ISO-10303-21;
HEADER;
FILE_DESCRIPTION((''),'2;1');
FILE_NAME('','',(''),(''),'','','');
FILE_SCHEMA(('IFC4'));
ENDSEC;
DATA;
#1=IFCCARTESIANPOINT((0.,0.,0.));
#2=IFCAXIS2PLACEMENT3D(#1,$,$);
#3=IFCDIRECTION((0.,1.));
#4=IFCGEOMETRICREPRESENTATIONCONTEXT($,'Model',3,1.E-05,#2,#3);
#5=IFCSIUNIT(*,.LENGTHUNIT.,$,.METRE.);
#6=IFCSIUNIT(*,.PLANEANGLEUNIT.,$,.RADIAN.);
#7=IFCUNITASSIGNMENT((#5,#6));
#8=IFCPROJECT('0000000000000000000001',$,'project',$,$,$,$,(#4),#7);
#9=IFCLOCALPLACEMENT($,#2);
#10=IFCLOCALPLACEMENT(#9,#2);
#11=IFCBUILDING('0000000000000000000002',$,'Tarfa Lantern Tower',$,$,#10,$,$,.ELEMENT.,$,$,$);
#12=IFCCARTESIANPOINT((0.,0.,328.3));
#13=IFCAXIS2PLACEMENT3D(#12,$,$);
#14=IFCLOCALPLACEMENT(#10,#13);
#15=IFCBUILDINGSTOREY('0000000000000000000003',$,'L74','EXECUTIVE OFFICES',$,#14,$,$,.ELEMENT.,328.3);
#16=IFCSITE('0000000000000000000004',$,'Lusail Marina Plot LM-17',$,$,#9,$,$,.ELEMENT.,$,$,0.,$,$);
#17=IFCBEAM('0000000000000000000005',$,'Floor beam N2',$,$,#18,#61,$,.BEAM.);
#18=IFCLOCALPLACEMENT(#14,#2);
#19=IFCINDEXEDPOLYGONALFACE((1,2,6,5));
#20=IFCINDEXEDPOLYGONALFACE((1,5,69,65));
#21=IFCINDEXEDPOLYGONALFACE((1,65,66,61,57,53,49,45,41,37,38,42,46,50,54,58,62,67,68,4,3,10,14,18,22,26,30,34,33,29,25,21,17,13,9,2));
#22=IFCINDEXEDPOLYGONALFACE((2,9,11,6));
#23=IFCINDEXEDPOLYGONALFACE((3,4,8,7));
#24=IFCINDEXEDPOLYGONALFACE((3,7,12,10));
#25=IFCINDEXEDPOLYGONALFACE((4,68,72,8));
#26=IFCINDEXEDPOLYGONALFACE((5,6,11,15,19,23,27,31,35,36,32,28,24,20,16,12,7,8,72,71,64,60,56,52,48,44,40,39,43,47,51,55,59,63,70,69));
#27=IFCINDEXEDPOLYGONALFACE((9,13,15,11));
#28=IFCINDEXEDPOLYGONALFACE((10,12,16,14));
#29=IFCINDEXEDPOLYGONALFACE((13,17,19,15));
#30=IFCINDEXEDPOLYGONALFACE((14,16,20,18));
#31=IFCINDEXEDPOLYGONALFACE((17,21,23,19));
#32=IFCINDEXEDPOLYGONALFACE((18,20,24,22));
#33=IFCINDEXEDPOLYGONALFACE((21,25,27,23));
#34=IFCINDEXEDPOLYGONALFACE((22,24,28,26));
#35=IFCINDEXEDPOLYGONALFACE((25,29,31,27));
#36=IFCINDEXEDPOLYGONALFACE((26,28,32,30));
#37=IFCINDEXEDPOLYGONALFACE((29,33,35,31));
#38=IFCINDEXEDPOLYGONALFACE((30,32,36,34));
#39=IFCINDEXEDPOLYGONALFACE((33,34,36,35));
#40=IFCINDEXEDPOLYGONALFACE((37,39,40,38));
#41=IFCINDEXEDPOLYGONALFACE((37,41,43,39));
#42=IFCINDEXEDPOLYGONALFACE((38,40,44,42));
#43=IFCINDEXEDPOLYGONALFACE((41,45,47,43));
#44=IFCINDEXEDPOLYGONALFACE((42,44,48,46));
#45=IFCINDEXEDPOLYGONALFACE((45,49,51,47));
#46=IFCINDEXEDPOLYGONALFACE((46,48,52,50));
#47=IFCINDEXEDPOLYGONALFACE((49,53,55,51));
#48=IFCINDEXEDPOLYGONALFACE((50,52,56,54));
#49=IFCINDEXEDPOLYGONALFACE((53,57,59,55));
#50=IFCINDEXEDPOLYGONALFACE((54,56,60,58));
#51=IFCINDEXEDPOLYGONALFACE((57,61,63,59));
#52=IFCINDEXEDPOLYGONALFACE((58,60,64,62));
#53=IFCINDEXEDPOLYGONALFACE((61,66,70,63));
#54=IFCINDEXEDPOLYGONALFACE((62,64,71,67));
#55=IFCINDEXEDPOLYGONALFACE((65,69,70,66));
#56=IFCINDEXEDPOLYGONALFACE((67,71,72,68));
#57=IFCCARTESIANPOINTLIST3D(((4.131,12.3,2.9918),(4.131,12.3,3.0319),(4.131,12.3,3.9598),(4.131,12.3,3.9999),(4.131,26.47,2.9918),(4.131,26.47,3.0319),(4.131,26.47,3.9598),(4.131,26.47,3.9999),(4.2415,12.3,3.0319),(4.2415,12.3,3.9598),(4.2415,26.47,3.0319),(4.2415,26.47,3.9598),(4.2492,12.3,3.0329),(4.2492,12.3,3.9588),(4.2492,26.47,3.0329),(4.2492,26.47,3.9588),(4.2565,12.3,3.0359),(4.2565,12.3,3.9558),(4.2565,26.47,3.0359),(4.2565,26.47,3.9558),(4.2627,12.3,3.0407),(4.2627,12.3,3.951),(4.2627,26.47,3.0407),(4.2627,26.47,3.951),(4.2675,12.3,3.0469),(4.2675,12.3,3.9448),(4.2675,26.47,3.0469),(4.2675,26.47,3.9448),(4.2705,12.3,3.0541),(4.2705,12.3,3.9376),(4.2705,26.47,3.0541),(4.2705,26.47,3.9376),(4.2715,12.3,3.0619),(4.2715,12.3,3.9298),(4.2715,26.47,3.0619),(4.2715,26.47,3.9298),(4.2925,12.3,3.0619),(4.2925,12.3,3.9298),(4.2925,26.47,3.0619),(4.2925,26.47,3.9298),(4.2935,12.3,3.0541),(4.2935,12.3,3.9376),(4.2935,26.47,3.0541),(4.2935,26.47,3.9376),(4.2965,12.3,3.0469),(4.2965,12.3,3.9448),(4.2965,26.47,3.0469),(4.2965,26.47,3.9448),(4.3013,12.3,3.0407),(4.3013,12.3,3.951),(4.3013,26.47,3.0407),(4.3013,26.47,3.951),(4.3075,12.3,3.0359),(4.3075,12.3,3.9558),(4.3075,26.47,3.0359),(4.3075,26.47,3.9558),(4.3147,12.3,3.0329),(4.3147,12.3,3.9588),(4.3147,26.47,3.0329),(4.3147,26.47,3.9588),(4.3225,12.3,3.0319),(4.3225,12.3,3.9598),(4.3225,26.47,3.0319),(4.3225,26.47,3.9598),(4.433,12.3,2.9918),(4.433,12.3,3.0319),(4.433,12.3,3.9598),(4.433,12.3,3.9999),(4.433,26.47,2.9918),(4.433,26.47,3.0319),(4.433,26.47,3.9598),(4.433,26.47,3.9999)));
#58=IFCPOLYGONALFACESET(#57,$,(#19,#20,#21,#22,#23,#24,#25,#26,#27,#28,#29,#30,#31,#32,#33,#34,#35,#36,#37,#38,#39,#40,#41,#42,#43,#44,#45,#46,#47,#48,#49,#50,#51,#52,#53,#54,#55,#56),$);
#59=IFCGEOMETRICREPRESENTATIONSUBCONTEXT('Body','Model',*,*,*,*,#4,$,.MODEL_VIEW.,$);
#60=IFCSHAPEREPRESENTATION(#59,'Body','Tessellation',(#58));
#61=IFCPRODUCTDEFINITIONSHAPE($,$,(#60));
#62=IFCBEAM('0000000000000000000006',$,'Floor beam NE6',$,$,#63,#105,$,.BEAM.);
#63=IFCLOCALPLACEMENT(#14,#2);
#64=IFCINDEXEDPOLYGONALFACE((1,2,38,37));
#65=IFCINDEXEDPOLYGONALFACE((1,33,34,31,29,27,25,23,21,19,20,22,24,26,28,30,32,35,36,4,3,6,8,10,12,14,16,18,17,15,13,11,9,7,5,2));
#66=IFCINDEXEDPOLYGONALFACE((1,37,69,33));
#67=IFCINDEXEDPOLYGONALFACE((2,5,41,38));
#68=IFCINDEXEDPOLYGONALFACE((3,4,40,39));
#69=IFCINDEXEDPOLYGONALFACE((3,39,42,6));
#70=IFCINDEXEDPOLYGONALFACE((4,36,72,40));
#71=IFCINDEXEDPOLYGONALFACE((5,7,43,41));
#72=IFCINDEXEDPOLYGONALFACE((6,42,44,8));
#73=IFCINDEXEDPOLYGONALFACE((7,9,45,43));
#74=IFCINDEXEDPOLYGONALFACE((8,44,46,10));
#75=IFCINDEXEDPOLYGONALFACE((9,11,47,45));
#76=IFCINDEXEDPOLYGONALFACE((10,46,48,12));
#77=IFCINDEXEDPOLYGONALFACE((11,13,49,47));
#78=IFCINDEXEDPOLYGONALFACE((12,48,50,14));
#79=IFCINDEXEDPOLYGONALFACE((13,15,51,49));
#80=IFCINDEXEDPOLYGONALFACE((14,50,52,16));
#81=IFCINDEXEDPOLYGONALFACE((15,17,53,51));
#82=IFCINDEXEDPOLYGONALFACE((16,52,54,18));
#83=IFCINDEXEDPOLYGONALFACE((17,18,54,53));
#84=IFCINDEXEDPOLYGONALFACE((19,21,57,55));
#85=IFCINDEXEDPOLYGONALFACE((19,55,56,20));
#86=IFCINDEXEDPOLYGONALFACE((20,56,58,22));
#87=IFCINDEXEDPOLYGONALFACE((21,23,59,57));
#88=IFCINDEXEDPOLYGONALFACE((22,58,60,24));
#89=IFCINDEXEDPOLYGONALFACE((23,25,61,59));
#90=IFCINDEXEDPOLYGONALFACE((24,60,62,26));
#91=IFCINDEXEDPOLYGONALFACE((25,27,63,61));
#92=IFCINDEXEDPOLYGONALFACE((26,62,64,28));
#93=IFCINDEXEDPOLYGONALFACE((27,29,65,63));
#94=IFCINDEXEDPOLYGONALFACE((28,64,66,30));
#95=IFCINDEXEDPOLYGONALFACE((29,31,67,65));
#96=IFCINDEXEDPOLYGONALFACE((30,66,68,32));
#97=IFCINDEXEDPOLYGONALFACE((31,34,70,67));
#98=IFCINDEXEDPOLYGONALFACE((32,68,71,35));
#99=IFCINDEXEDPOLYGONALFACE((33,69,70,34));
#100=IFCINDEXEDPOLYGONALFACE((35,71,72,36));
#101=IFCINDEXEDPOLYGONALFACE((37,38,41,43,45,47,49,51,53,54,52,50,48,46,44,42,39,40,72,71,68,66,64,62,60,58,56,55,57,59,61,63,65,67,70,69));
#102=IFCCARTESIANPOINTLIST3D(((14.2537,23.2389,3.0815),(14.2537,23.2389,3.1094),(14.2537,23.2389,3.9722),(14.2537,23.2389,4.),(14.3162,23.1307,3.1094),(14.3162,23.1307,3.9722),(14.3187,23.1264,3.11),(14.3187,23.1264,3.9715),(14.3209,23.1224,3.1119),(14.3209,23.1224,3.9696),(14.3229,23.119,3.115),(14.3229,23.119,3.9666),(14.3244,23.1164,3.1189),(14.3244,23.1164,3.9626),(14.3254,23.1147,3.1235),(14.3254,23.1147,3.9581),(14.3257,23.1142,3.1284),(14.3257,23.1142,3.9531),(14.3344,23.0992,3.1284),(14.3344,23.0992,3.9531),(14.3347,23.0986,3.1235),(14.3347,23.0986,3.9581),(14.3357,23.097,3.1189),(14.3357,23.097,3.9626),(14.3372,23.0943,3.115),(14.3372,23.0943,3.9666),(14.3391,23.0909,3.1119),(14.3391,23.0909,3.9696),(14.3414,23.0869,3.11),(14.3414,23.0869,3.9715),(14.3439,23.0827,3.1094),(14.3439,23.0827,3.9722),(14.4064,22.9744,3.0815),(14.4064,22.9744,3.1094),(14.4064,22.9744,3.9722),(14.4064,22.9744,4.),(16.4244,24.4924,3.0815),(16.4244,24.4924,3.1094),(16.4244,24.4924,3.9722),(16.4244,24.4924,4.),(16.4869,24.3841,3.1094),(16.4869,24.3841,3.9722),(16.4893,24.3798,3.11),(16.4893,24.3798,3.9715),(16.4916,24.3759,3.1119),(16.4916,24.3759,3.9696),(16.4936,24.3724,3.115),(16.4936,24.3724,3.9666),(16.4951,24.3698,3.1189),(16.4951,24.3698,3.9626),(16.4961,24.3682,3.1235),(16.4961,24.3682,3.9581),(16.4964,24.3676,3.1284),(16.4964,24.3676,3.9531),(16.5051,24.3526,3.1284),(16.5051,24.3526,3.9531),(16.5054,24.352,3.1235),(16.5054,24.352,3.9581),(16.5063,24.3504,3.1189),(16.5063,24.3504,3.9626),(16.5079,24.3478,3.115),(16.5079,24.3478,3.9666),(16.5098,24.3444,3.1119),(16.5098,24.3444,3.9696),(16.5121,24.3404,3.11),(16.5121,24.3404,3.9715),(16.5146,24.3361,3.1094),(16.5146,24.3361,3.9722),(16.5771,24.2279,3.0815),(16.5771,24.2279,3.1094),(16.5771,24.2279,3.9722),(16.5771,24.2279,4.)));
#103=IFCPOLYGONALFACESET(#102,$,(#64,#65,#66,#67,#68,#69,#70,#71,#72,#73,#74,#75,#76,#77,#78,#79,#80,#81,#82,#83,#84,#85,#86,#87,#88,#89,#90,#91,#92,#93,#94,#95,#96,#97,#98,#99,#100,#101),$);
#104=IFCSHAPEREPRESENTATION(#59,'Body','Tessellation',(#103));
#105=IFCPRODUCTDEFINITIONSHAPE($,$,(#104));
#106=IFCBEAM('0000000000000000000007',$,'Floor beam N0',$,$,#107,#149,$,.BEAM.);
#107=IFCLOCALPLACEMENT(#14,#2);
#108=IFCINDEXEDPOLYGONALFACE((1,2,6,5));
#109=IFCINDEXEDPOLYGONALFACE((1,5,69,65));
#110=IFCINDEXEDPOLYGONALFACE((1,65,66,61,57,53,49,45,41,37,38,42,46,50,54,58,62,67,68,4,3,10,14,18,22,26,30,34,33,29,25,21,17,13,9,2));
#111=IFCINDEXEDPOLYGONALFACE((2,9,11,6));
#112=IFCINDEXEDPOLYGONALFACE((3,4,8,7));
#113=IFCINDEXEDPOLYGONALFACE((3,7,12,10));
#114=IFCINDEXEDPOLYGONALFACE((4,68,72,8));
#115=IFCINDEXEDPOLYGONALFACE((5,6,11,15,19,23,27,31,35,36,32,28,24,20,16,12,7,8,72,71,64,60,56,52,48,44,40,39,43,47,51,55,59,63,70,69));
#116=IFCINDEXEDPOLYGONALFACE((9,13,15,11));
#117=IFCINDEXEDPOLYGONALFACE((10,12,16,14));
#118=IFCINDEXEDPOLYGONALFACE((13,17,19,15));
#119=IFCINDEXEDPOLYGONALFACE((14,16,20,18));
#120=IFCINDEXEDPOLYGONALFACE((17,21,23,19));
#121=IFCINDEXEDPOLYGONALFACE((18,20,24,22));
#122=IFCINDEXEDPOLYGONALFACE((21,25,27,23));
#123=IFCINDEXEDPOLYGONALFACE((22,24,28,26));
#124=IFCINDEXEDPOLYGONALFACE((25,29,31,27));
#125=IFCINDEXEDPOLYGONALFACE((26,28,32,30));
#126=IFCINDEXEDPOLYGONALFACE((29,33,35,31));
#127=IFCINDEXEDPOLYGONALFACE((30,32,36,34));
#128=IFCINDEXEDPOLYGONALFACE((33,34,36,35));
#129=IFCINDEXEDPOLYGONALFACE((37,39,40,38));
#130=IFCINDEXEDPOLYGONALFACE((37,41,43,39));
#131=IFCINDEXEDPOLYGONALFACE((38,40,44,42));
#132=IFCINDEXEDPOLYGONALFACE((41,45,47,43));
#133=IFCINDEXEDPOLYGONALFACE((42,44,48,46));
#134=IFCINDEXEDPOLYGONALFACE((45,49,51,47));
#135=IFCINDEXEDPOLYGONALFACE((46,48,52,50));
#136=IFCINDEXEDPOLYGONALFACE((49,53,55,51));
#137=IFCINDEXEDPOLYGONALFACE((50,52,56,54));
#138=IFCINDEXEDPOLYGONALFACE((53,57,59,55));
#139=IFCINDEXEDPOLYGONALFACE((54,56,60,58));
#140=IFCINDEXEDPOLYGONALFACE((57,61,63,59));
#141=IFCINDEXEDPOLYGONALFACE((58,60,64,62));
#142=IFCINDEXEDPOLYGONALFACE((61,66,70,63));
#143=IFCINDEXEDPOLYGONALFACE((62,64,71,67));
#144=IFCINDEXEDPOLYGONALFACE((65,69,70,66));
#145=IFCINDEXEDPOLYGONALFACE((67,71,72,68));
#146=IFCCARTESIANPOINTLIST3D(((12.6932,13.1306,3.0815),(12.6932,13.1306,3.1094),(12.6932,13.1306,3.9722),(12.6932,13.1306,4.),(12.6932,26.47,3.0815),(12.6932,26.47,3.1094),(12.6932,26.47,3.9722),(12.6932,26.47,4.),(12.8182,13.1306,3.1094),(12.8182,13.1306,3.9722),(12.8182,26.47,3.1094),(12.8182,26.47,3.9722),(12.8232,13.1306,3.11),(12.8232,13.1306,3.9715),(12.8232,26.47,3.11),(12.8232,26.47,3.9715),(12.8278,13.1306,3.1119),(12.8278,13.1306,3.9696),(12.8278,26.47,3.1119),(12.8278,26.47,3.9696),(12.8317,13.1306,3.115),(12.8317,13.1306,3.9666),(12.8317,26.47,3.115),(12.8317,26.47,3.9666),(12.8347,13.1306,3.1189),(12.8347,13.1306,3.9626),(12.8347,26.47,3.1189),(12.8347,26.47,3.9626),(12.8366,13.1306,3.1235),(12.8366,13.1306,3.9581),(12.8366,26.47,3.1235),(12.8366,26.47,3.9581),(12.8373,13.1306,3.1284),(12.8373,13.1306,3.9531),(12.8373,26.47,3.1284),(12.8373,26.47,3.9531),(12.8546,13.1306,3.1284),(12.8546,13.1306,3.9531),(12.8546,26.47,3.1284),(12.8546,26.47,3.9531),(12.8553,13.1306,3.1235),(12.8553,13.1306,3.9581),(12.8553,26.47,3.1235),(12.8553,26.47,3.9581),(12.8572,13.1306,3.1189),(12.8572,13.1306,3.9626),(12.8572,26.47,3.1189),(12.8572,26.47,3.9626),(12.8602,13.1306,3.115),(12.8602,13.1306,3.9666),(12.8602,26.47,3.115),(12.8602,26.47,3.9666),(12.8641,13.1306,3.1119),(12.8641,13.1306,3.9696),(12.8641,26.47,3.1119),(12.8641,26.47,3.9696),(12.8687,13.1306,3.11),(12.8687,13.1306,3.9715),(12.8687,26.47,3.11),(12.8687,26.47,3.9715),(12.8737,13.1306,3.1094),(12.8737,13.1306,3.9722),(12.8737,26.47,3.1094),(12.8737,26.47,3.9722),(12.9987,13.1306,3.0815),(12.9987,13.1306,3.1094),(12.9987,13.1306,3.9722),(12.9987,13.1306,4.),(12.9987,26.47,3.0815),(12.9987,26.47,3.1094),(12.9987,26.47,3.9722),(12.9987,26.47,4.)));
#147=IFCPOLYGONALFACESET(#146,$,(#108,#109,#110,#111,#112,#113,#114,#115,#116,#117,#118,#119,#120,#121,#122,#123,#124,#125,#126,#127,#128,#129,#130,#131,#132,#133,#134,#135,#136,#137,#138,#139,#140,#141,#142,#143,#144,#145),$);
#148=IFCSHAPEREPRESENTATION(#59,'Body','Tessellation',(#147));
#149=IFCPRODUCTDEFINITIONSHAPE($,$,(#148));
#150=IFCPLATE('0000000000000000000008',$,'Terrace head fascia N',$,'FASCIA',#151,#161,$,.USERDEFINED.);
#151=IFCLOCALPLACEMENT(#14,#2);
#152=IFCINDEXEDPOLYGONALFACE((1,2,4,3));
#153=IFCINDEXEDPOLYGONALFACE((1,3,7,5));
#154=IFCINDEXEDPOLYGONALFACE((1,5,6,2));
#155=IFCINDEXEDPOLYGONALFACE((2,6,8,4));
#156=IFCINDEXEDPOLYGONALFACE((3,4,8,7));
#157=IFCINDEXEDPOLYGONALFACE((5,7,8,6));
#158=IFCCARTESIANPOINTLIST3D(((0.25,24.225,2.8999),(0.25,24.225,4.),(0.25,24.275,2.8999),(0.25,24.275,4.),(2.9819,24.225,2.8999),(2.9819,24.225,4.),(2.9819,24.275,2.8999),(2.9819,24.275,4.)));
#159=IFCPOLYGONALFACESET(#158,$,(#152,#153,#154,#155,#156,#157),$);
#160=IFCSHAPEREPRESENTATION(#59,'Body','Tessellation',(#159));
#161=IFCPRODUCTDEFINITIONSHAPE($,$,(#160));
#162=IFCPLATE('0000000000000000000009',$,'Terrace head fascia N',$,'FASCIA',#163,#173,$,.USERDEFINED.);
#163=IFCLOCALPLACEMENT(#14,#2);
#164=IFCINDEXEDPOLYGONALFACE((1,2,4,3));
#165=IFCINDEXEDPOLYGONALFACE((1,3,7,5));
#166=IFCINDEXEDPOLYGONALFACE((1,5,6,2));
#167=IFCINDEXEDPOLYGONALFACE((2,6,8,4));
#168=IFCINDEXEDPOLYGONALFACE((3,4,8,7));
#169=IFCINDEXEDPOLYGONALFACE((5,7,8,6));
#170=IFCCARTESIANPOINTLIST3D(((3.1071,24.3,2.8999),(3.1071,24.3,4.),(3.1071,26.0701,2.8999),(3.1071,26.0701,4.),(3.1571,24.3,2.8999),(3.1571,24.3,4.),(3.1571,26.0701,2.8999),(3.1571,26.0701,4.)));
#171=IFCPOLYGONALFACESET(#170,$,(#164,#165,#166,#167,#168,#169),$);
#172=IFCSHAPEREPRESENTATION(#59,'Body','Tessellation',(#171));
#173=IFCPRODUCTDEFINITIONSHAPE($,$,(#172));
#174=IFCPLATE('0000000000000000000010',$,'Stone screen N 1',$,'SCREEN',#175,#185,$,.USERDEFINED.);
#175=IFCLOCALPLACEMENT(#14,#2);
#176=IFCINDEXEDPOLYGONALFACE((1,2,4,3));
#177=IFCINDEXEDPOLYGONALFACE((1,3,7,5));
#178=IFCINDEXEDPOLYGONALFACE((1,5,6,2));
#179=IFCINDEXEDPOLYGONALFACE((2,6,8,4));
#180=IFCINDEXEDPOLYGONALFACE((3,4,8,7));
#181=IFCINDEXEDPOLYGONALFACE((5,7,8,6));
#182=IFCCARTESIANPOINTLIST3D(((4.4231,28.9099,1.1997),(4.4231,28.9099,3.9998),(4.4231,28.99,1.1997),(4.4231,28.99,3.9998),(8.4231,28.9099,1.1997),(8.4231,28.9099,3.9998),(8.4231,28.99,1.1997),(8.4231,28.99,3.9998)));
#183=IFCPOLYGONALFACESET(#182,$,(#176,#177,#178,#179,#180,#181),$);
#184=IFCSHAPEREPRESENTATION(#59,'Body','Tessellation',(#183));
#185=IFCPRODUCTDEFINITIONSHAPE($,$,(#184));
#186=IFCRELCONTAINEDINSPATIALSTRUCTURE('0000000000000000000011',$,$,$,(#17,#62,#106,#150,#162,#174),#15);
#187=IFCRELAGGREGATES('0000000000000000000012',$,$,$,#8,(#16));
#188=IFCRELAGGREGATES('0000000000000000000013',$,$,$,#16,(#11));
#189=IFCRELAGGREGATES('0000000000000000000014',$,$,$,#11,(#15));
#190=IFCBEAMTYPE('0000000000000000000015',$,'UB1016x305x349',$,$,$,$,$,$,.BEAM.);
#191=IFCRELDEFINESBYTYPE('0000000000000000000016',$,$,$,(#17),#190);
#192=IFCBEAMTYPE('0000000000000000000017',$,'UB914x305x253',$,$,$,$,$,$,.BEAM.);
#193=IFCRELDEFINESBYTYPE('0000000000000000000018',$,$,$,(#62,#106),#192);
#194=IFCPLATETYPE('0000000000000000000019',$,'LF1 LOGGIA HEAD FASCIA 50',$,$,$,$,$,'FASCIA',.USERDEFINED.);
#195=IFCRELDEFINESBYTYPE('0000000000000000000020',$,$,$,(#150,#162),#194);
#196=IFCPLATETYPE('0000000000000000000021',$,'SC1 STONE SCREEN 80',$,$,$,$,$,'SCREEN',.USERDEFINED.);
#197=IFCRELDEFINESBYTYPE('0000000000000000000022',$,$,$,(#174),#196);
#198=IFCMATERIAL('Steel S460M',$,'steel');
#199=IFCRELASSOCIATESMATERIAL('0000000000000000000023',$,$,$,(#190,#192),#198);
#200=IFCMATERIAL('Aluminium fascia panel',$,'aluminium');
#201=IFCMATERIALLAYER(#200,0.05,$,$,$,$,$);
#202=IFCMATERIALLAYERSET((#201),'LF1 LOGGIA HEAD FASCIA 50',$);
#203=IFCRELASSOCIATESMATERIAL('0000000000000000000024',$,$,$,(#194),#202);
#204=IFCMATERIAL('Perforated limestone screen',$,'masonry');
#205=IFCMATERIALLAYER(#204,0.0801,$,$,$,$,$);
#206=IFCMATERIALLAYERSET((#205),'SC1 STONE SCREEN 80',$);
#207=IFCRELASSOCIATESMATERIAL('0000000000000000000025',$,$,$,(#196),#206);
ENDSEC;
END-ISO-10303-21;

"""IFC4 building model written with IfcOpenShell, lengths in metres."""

from ifc_helpers import new_model, si_unit, direction, frame, origin, origin_2d, place, context, subcontext, project, spatial, rectangle, i_section, extrude, material, layer, layer_set, material_profile, profile_set, type_object, element, save


model = new_model("IFC4")

# Units and contexts
model_context = context("Model", 3, precision=1e-05, world=origin(), true_north=direction((0.0, 1.0)))
body_context = subcontext(model_context, "Body", "Model", "MODEL_VIEW")
ifc_project = project(units=[si_unit("LENGTHUNIT", "METRE"), si_unit("PLANEANGLEUNIT", "RADIAN")], contexts=[model_context])

# Site, building, storey
site_placement = place(None, origin())
site = spatial("IfcSite", under=ifc_project, at=site_placement, Name="Lusail Marina Plot LM-17", CompositionType="ELEMENT", RefElevation=0.0)
building_placement = place(site_placement, origin())
building = spatial("IfcBuilding", under=site, at=building_placement, Name="Tarfa Lantern Tower", CompositionType="ELEMENT")
storey_placement = place(building_placement, frame((0.0, 0.0, 328.3)))
storey = spatial("IfcBuildingStorey", under=building, at=storey_placement, Name="L74", Description="EXECUTIVE OFFICES", CompositionType="ELEMENT", Elevation=328.3)

# Beams
ifc_material_1 = material(Name="Steel S460M", Category="steel")
ifc_material_profile_1 = material_profile(ifc_material_1, i_section(OverallWidth=0.302, OverallDepth=1.0081, WebThickness=0.021, FlangeThickness=0.04, FilletRadius=0.03, at=origin_2d()), Name="UB1016x305x349")
ifc_profile_set_1 = profile_set([ifc_material_profile_1], Name="Steel S460M")
beam_type_1 = type_object("IfcBeamType", Name="UB1016x305x349", PredefinedType="BEAM", material=ifc_profile_set_1)
for number, where, z_axis, x_axis, name in (
    (1, (4.282, 26.47, 3.4958), (0.0, -1.0, 0.0), (1.0, 0.0, 0.0), "Floor beam N2"),
):
    element("IfcBeam", number, at=place(storey_placement, frame(where, z_axis=z_axis, x_axis=x_axis)), inside=storey, type_object=beam_type_1, Name=name, PredefinedType="BEAM", context=body_context, shape_type="SweptSolid", body=[
        extrude(i_section(OverallWidth=0.302, OverallDepth=1.0081, WebThickness=0.021, FlangeThickness=0.04, FilletRadius=0.03, at=origin_2d()), origin(), (0.0, 0.0, 1.0), 14.1699),
    ])
ifc_material_profile_2 = material_profile(ifc_material_1, i_section(OverallWidth=0.3054, OverallDepth=0.9185, WebThickness=0.0173, FlangeThickness=0.0278, FilletRadius=0.019, at=origin_2d()), Name="UB914x305x253")
ifc_profile_set_2 = profile_set([ifc_material_profile_2], Name="Steel S460M")
beam_type_2 = type_object("IfcBeamType", Name="UB914x305x253", PredefinedType="BEAM", material=ifc_profile_set_2)
beam_1_placement = place(storey_placement, frame((16.5007, 24.3601, 3.5408), z_axis=(-0.865993, -0.500057, 0.0), x_axis=(0.500057, -0.865993, 0.0)))
element("IfcBeam", 2, at=beam_1_placement, inside=storey, type_object=beam_type_2, Name="Floor beam NE6", PredefinedType="BEAM", context=body_context, shape_type="SweptSolid", body=[
    extrude(i_section(OverallWidth=0.3054, OverallDepth=0.9185, WebThickness=0.0173, FlangeThickness=0.0278, FilletRadius=0.019, at=origin_2d()), origin(), (0.0, 0.0, 1.0), 2.5066),
])
beam_2_placement = place(storey_placement, frame((12.8459, 26.47, 3.5408), z_axis=(0.0, -1.0, 0.0), x_axis=(1.0, 0.0, 0.0)))
element("IfcBeam", 3, at=beam_2_placement, inside=storey, type_object=beam_type_2, Name="Floor beam N0", PredefinedType="BEAM", context=body_context, shape_type="SweptSolid", body=[
    extrude(i_section(OverallWidth=0.3054, OverallDepth=0.9185, WebThickness=0.0173, FlangeThickness=0.0278, FilletRadius=0.019, at=origin_2d()), origin(), (0.0, 0.0, 1.0), 13.3394),
])

# Plates
ifc_material_2 = material(Name="Aluminium fascia panel", Category="aluminium")
ifc_layer_1 = layer(ifc_material_2, 0.05)
ifc_layer_set_1 = layer_set([ifc_layer_1], Name="LF1 LOGGIA HEAD FASCIA 50")
plate_type_1 = type_object("IfcPlateType", Name="LF1 LOGGIA HEAD FASCIA 50", ElementType="FASCIA", PredefinedType="USERDEFINED", material=ifc_layer_set_1)
plate_1_placement = place(storey_placement, frame((1.616, 24.25, 2.8999), z_axis=(0.0, 0.0, 1.0), x_axis=(-1.0, 0.0, 0.0)))
element("IfcPlate", 4, at=plate_1_placement, inside=storey, type_object=plate_type_1, Name="Terrace head fascia N", ObjectType="FASCIA", PredefinedType="USERDEFINED", context=body_context, shape_type="SweptSolid", body=[
    extrude(rectangle(XDim=2.7319, YDim=0.05, at=origin_2d()), origin(), (0.0, 0.0, 1.0), 1.1001),
])
plate_2_placement = place(storey_placement, frame((3.1321, 25.1851, 2.8999), z_axis=(0.0, 0.0, 1.0), x_axis=(0.0, -1.0, 0.0)))
element("IfcPlate", 5, at=plate_2_placement, inside=storey, type_object=plate_type_1, Name="Terrace head fascia N", ObjectType="FASCIA", PredefinedType="USERDEFINED", context=body_context, shape_type="SweptSolid", body=[
    extrude(rectangle(XDim=1.77, YDim=0.05, at=origin_2d()), origin(), (0.0, 0.0, 1.0), 1.1001),
])
ifc_material_3 = material(Name="Perforated limestone screen", Category="masonry")
ifc_layer_2 = layer(ifc_material_3, 0.0801)
ifc_layer_set_2 = layer_set([ifc_layer_2], Name="SC1 STONE SCREEN 80")
plate_type_2 = type_object("IfcPlateType", Name="SC1 STONE SCREEN 80", ElementType="SCREEN", PredefinedType="USERDEFINED", material=ifc_layer_set_2)
plate_3_placement = place(storey_placement, frame((6.4231, 28.95, 1.1997), z_axis=(0.0, 0.0, 1.0), x_axis=(-1.0, 0.0, 0.0)))
element("IfcPlate", 6, at=plate_3_placement, inside=storey, type_object=plate_type_2, Name="Stone screen N 1", ObjectType="SCREEN", PredefinedType="USERDEFINED", context=body_context, shape_type="SweptSolid", body=[
    extrude(rectangle(XDim=4.0, YDim=0.0801, at=origin_2d()), origin(), (0.0, 0.0, 1.0), 2.8),
])

save(model, "model.ifc")
